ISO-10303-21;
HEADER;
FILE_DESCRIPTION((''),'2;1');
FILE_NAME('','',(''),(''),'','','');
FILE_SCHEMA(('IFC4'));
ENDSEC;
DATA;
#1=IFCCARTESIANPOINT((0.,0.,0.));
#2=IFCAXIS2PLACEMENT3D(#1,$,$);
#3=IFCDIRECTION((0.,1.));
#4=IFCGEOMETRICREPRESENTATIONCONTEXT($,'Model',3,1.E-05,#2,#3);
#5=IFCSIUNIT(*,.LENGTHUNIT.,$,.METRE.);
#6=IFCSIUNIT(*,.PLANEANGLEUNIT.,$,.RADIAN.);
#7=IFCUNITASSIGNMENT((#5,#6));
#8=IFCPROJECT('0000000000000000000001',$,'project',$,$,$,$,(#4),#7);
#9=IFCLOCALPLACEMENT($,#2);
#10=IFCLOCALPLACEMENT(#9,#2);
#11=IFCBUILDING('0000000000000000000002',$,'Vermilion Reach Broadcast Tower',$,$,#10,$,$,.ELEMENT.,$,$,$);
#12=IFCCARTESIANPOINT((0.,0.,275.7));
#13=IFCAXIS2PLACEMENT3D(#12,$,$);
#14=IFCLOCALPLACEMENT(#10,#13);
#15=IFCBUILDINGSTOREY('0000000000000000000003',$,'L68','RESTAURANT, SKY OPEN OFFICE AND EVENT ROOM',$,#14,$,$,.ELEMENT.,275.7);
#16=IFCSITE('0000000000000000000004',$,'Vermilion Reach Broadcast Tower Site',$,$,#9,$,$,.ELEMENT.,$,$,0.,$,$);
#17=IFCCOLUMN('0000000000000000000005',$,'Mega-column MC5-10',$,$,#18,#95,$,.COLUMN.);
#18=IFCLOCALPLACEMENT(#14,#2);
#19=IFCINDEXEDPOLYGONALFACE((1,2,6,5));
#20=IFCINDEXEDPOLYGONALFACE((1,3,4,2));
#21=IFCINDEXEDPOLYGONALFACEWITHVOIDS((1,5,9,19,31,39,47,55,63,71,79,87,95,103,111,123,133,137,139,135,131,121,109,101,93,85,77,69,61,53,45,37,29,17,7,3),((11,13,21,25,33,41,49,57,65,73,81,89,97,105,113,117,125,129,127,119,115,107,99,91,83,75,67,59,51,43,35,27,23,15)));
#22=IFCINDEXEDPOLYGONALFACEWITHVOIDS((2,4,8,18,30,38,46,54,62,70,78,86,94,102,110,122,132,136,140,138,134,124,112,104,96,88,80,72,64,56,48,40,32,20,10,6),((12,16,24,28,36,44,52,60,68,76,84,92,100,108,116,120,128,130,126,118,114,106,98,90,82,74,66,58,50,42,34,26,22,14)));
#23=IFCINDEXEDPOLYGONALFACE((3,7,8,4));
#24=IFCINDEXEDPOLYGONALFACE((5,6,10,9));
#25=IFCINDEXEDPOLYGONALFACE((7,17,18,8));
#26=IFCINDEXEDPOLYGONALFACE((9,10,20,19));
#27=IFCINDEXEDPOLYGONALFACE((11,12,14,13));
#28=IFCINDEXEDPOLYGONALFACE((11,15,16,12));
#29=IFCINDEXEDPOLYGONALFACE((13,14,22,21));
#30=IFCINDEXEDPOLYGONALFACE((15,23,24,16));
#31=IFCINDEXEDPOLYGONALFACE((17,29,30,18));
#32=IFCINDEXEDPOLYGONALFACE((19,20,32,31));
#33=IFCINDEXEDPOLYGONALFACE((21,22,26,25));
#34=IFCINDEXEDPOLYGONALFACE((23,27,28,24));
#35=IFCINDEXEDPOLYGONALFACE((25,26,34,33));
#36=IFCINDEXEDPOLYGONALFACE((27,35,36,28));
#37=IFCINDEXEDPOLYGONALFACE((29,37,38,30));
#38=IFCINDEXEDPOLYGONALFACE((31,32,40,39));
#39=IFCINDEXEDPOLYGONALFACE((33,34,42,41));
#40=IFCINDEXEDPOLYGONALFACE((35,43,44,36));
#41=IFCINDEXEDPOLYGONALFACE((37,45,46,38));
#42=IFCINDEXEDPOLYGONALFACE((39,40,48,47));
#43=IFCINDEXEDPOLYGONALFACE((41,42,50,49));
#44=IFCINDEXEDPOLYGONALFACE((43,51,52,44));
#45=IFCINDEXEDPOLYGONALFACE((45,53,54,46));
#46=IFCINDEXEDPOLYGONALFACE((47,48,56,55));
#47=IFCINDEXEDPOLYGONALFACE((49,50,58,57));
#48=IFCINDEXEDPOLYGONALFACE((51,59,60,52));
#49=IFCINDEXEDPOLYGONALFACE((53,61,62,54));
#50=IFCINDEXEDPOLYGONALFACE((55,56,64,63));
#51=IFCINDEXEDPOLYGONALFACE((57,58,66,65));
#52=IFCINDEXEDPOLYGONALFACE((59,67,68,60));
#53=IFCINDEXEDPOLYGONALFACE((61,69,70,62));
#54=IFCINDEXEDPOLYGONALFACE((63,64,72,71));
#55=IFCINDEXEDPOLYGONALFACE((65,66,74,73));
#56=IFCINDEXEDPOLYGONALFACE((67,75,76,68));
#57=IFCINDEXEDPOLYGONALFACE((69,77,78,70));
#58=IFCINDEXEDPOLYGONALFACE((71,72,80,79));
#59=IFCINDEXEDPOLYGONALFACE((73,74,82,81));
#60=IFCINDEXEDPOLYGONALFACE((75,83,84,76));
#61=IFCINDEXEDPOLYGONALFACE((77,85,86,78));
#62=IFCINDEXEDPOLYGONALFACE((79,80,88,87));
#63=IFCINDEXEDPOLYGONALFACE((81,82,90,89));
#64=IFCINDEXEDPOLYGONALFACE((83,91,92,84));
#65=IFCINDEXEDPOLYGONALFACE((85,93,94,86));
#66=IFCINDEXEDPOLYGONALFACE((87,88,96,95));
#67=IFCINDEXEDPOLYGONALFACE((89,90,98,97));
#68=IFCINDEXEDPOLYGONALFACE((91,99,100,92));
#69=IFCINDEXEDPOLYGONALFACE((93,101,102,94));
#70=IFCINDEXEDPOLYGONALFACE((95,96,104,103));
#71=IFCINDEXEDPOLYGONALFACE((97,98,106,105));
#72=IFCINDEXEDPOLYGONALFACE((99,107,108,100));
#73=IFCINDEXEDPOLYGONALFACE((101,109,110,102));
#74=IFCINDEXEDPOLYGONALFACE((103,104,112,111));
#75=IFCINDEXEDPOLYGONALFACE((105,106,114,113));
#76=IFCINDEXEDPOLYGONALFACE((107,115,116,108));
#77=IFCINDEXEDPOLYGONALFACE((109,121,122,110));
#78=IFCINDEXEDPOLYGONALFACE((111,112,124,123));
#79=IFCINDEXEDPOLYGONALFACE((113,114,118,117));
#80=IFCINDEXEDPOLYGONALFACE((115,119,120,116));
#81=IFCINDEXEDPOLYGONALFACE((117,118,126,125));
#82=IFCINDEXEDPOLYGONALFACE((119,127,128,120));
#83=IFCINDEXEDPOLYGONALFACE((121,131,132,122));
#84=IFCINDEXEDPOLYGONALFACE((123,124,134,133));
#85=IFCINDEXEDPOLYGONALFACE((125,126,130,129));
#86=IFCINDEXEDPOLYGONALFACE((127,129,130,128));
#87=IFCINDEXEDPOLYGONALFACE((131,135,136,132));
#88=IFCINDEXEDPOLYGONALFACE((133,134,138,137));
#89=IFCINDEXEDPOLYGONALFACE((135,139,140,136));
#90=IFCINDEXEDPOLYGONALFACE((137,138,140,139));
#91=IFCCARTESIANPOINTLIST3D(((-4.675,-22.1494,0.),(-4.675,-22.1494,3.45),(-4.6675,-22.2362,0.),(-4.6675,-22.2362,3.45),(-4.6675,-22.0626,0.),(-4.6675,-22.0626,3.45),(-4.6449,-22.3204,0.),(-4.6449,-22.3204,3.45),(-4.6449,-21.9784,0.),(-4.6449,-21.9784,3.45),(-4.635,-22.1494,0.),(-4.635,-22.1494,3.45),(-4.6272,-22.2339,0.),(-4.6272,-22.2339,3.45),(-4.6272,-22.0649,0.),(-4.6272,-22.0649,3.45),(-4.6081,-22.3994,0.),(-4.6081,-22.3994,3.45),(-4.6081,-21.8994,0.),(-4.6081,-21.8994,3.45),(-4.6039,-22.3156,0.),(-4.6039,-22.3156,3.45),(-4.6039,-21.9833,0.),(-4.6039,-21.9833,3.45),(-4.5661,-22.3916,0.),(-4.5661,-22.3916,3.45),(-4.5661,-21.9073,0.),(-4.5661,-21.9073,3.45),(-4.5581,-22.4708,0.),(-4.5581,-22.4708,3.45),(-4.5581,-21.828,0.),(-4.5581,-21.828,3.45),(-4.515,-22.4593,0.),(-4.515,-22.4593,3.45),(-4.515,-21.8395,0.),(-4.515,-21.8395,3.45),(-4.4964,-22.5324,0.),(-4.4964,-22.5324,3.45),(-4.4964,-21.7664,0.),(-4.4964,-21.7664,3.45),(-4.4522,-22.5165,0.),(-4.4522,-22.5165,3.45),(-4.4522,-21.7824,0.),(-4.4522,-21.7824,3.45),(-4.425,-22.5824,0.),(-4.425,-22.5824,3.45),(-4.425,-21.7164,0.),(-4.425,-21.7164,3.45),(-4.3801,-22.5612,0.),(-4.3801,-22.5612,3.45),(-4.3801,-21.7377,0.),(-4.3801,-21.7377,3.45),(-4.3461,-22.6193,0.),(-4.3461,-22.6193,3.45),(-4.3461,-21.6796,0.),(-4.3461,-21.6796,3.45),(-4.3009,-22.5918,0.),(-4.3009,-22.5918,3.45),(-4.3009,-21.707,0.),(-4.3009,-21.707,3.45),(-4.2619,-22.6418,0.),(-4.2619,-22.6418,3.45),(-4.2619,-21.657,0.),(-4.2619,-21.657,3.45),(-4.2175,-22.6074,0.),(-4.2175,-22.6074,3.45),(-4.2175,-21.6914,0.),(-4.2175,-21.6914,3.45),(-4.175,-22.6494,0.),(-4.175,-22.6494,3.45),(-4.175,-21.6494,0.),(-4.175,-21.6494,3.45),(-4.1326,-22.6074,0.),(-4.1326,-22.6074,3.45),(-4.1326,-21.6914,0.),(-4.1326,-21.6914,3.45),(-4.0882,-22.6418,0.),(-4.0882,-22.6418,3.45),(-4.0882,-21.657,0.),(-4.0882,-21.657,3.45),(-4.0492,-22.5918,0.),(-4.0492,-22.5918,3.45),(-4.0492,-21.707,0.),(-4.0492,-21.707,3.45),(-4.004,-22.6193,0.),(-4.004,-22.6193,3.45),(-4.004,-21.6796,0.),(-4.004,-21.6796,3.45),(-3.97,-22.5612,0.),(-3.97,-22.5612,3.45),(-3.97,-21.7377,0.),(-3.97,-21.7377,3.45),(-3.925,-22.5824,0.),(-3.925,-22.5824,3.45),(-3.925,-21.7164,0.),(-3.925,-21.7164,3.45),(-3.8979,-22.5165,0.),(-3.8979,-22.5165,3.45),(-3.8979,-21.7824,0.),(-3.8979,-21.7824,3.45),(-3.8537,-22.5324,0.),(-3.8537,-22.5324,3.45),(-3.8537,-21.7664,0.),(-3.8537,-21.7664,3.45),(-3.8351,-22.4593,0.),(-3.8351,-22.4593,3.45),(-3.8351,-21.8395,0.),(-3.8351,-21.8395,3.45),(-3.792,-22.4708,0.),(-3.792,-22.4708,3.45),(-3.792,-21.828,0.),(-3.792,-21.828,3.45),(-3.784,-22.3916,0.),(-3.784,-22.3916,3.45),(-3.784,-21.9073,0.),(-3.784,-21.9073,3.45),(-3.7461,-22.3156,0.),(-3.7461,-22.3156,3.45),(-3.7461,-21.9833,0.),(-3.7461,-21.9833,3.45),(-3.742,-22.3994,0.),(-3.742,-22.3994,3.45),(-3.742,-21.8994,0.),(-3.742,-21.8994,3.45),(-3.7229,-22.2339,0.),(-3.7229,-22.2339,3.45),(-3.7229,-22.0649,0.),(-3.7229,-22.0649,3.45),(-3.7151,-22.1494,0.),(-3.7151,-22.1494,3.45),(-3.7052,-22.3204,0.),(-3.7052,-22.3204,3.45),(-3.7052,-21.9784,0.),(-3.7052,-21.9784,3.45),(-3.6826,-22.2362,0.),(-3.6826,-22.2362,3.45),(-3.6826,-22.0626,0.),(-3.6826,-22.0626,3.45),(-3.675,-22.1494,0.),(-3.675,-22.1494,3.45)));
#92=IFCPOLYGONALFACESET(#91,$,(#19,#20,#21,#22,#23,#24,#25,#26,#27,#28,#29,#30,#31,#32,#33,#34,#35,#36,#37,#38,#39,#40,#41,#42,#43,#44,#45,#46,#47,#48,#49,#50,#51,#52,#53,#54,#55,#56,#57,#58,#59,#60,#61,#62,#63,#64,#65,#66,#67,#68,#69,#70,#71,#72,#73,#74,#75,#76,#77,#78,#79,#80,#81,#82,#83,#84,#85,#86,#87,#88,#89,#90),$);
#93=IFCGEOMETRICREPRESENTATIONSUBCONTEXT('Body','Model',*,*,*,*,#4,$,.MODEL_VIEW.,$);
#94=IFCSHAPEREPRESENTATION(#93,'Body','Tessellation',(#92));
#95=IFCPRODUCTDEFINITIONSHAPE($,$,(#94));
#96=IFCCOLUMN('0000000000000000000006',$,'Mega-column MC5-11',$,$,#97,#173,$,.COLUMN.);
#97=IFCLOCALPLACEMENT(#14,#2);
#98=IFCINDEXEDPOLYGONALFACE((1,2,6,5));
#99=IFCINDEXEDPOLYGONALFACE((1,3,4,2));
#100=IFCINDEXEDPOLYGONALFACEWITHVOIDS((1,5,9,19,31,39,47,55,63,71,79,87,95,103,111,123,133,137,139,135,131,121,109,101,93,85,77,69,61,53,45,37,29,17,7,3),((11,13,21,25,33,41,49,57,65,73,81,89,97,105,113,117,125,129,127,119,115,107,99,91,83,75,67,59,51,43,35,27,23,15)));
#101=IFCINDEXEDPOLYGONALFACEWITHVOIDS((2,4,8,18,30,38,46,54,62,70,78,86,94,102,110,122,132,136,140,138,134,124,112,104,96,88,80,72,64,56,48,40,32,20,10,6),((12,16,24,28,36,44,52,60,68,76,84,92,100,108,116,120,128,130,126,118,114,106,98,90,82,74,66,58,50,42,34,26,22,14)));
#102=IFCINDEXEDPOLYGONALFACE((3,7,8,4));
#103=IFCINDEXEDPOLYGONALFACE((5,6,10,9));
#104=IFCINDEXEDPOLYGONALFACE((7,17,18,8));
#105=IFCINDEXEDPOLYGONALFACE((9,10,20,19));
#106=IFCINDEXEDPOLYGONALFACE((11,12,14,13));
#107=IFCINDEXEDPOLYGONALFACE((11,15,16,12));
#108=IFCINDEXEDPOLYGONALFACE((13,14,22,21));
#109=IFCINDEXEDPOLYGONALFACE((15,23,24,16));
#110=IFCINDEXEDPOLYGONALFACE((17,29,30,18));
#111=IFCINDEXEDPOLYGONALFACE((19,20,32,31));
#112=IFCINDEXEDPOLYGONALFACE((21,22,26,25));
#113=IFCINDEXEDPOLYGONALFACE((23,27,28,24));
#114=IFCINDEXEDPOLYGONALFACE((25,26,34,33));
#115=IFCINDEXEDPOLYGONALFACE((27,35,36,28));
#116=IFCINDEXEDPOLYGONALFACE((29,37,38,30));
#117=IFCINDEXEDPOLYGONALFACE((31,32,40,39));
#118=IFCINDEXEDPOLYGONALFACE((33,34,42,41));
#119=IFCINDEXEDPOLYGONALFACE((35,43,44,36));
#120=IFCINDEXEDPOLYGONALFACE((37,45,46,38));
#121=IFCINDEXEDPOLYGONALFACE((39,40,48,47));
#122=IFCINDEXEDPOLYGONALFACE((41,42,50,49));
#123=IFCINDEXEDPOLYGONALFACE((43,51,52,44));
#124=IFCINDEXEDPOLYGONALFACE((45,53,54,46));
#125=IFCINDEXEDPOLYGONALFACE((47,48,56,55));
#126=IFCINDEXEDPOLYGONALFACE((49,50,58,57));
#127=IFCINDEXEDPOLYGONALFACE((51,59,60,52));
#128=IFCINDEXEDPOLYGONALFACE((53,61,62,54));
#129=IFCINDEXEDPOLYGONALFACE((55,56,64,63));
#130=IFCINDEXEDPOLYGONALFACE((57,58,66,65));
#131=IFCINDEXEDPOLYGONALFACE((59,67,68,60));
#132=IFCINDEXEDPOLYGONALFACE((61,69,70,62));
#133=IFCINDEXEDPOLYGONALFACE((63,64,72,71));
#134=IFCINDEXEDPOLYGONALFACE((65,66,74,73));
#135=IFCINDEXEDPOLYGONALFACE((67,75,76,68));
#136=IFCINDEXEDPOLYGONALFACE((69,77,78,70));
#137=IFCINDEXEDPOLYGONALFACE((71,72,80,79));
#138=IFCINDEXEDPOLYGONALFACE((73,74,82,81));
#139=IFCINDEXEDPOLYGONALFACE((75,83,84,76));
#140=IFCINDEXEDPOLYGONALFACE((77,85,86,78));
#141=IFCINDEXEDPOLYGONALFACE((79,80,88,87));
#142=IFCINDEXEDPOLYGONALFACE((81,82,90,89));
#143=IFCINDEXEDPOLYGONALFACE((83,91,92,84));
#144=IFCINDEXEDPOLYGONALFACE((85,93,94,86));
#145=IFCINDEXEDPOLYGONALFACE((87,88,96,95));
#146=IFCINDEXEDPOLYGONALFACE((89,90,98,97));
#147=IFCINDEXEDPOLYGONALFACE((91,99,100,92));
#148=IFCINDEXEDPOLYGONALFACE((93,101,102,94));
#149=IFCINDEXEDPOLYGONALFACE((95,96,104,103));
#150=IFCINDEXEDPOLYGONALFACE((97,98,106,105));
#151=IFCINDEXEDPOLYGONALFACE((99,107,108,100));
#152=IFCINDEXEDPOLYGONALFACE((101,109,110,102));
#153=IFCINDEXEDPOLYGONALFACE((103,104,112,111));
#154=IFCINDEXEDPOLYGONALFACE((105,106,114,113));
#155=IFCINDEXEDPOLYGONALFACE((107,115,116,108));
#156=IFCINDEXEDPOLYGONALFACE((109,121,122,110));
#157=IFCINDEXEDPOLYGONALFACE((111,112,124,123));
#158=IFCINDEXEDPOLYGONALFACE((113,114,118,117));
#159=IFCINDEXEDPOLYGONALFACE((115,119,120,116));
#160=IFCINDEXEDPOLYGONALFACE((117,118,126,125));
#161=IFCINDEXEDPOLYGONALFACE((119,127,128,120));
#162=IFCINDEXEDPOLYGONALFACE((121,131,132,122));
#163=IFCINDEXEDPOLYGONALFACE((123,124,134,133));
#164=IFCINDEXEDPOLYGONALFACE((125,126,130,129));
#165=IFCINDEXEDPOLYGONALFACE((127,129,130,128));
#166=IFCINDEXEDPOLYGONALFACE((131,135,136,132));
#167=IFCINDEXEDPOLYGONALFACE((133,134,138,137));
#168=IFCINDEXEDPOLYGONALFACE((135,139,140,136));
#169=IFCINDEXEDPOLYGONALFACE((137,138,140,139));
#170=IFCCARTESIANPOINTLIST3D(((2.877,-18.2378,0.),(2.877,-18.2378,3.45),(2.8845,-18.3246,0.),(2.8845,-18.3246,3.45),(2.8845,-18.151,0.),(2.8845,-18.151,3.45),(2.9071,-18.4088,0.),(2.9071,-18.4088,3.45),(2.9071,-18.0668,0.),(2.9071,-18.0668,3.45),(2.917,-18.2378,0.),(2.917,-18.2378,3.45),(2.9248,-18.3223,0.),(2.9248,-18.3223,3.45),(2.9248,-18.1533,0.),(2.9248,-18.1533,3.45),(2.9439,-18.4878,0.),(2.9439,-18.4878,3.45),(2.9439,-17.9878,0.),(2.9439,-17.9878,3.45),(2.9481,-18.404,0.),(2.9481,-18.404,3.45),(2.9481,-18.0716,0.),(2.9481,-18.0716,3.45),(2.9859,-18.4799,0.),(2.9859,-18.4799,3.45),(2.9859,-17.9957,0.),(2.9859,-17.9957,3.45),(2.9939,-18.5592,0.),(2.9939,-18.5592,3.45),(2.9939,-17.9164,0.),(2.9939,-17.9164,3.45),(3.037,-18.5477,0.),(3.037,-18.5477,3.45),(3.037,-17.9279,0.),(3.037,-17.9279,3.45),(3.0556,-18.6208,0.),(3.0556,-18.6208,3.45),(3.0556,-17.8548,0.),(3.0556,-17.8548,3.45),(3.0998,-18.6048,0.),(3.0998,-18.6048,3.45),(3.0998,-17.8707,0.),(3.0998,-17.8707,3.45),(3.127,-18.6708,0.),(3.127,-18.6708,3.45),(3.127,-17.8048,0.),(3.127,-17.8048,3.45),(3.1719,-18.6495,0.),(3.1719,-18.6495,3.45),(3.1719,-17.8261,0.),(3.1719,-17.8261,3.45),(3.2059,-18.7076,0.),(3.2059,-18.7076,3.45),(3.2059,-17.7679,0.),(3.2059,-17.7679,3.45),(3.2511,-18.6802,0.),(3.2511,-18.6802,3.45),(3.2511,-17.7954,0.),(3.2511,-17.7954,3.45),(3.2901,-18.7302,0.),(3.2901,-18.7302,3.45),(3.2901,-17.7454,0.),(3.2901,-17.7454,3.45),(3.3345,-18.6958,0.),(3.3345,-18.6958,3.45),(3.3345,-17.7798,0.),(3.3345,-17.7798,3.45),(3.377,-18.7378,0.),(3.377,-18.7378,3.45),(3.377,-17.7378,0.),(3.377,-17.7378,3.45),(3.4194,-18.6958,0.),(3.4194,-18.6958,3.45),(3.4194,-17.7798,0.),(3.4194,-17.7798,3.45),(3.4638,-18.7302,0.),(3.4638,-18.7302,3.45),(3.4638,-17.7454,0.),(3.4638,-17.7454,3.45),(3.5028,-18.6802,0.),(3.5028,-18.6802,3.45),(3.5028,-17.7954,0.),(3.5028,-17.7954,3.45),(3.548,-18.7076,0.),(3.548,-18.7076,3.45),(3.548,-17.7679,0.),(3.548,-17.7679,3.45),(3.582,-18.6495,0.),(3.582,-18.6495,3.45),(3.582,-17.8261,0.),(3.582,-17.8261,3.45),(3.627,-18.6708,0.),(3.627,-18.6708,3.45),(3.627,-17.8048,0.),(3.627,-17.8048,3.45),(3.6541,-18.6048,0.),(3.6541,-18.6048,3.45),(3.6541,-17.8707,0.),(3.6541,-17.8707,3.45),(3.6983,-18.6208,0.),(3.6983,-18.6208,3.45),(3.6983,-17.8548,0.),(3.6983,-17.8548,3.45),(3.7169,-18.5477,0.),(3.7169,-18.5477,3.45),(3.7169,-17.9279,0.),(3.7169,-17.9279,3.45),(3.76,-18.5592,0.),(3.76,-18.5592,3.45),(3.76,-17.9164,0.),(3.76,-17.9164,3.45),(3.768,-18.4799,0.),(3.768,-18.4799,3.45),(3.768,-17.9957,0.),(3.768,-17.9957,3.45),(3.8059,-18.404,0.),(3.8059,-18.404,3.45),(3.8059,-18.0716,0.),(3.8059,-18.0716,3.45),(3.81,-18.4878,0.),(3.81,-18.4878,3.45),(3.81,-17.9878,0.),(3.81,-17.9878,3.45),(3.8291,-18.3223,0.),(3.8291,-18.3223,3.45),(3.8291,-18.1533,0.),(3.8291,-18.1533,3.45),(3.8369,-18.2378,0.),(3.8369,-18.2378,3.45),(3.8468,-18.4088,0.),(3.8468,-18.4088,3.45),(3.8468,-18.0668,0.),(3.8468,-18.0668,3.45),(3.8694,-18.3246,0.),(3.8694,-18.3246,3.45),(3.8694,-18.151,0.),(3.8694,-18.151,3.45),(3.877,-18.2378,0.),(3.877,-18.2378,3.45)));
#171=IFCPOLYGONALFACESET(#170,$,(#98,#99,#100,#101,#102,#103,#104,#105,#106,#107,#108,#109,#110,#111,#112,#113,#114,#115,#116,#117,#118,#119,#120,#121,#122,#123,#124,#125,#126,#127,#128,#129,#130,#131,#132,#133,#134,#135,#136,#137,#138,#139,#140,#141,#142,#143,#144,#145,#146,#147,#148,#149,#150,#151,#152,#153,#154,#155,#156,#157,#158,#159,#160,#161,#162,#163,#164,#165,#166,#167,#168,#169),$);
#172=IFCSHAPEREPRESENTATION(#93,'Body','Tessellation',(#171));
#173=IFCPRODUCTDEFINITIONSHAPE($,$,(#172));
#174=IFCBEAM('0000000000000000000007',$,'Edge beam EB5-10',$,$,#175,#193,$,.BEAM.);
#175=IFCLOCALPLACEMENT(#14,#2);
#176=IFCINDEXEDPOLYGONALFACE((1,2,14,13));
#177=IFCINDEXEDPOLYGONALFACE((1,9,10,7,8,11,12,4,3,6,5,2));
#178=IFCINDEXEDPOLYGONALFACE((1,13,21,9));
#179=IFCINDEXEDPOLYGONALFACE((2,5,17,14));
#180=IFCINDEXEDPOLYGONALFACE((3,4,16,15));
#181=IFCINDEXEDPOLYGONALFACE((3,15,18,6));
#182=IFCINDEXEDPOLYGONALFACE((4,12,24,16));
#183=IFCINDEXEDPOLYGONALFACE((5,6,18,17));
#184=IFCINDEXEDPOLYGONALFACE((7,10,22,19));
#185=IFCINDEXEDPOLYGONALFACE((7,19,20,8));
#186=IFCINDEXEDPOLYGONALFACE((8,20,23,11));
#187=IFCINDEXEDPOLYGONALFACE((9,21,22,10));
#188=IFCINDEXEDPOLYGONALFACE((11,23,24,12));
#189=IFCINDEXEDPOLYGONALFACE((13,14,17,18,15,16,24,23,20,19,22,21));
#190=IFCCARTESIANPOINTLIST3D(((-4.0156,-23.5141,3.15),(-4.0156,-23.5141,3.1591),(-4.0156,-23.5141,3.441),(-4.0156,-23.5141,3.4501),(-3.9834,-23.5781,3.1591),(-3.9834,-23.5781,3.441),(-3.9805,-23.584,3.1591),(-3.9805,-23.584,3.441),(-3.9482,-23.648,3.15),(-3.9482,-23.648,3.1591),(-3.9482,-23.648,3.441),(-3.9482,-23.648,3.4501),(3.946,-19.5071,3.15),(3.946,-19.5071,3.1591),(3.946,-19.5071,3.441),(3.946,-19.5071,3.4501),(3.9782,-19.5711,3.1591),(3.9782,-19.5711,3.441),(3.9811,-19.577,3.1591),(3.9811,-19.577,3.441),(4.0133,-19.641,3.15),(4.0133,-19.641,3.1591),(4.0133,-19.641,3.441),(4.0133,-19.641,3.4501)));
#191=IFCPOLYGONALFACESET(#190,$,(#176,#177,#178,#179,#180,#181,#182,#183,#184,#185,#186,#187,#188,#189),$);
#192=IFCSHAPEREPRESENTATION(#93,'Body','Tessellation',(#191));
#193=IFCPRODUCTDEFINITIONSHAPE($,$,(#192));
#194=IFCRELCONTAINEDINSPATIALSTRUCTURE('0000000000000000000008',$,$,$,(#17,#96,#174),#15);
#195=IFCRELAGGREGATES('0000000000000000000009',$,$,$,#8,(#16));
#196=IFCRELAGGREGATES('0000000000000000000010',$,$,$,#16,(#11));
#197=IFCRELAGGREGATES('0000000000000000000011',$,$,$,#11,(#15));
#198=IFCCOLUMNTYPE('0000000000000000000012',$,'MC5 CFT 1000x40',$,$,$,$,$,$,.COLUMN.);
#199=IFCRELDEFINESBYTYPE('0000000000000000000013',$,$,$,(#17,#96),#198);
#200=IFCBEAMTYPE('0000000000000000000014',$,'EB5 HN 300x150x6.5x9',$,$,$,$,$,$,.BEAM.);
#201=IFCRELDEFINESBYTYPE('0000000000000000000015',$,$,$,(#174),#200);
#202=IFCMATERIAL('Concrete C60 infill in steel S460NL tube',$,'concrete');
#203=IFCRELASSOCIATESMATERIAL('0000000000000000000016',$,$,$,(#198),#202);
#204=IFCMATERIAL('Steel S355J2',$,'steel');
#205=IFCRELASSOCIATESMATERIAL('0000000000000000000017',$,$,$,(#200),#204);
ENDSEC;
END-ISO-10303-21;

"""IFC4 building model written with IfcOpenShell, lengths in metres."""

from ifc_helpers import new_model, si_unit, direction, frame, origin, origin_2d, place, context, subcontext, project, spatial, hollow_circle, i_section, extrude, material, material_profile, profile_set, type_object, element, save


model = new_model("IFC4")

# Units and contexts
model_context = context("Model", 3, precision=1e-05, world=origin(), true_north=direction((0.0, 1.0)))
body_context = subcontext(model_context, "Body", "Model", "MODEL_VIEW")
ifc_project = project(units=[si_unit("LENGTHUNIT", "METRE"), si_unit("PLANEANGLEUNIT", "RADIAN")], contexts=[model_context])

# Site, building, storey
site_placement = place(None, origin())
site = spatial("IfcSite", under=ifc_project, at=site_placement, Name="Vermilion Reach Broadcast Tower Site", CompositionType="ELEMENT", RefElevation=0.0)
building_placement = place(site_placement, origin())
building = spatial("IfcBuilding", under=site, at=building_placement, Name="Vermilion Reach Broadcast Tower", CompositionType="ELEMENT")
storey_placement = place(building_placement, frame((0.0, 0.0, 275.7)))
storey = spatial("IfcBuildingStorey", under=building, at=storey_placement, Name="L68", Description="RESTAURANT, SKY OPEN OFFICE AND EVENT ROOM", CompositionType="ELEMENT", Elevation=275.7)

# Columns
ifc_material_1 = material(Name="Concrete C60 infill in steel S460NL tube", Category="concrete")
ifc_material_profile_1 = material_profile(ifc_material_1, hollow_circle(Radius=0.5, WallThickness=0.04, at=origin_2d()), Name="Concrete C60 infill in steel S460NL tube CFT 1000x40")
ifc_profile_set_1 = profile_set([ifc_material_profile_1], Name="Concrete C60 infill in steel S460NL tube")
column_type = type_object("IfcColumnType", Name="MC5 CFT 1000x40", PredefinedType="COLUMN", material=ifc_profile_set_1)
for number, where, z_axis, x_axis, name in (
    (1, (-4.175, -22.1494, 0.0), (0.0, 0.0, 1.0), (1.0, 0.0, 0.0), "Mega-column MC5-10"),
    (2, (3.377, -18.2378, 0.0), (0.0, 0.0, 1.0), (1.0, 0.0, 0.0), "Mega-column MC5-11"),
):
    element("IfcColumn", number, at=place(storey_placement, frame(where, z_axis=z_axis, x_axis=x_axis)), inside=storey, type_object=column_type, Name=name, PredefinedType="COLUMN", context=body_context, shape_type="SweptSolid", body=[
        extrude(hollow_circle(Radius=0.5, WallThickness=0.04, at=origin_2d()), origin(), (0.0, 0.0, 1.0), 3.45),
    ])

# Beam
ifc_material_2 = material(Name="Steel S355J2", Category="steel")
ifc_material_profile_2 = material_profile(ifc_material_2, i_section(OverallWidth=0.1499, OverallDepth=0.3, WebThickness=0.0066, FlangeThickness=0.009, at=origin_2d()), Name="S355J2 HN 300x150x6.5x9")
ifc_profile_set_2 = profile_set([ifc_material_profile_2], Name="Steel S355J2")
beam_type_1 = type_object("IfcBeamType", Name="EB5 HN 300x150x6.5x9", PredefinedType="BEAM", material=ifc_profile_set_2)
beam_1_placement = place(storey_placement, frame((-3.9819, -23.5811, 3.3), z_axis=(0.893246, 0.449568, 0.0), x_axis=(-0.449568, 0.893246, 0.0)))
element("IfcBeam", 3, at=beam_1_placement, inside=storey, type_object=beam_type_1, Name="Edge beam EB5-10", PredefinedType="BEAM", context=body_context, shape_type="SweptSolid", body=[
    extrude(i_section(OverallWidth=0.1499, OverallDepth=0.3, WebThickness=0.0066, FlangeThickness=0.009, at=origin_2d()), origin(), (0.0, 0.0, 1.0), 8.9131),
])

save(model, "model.ifc")
